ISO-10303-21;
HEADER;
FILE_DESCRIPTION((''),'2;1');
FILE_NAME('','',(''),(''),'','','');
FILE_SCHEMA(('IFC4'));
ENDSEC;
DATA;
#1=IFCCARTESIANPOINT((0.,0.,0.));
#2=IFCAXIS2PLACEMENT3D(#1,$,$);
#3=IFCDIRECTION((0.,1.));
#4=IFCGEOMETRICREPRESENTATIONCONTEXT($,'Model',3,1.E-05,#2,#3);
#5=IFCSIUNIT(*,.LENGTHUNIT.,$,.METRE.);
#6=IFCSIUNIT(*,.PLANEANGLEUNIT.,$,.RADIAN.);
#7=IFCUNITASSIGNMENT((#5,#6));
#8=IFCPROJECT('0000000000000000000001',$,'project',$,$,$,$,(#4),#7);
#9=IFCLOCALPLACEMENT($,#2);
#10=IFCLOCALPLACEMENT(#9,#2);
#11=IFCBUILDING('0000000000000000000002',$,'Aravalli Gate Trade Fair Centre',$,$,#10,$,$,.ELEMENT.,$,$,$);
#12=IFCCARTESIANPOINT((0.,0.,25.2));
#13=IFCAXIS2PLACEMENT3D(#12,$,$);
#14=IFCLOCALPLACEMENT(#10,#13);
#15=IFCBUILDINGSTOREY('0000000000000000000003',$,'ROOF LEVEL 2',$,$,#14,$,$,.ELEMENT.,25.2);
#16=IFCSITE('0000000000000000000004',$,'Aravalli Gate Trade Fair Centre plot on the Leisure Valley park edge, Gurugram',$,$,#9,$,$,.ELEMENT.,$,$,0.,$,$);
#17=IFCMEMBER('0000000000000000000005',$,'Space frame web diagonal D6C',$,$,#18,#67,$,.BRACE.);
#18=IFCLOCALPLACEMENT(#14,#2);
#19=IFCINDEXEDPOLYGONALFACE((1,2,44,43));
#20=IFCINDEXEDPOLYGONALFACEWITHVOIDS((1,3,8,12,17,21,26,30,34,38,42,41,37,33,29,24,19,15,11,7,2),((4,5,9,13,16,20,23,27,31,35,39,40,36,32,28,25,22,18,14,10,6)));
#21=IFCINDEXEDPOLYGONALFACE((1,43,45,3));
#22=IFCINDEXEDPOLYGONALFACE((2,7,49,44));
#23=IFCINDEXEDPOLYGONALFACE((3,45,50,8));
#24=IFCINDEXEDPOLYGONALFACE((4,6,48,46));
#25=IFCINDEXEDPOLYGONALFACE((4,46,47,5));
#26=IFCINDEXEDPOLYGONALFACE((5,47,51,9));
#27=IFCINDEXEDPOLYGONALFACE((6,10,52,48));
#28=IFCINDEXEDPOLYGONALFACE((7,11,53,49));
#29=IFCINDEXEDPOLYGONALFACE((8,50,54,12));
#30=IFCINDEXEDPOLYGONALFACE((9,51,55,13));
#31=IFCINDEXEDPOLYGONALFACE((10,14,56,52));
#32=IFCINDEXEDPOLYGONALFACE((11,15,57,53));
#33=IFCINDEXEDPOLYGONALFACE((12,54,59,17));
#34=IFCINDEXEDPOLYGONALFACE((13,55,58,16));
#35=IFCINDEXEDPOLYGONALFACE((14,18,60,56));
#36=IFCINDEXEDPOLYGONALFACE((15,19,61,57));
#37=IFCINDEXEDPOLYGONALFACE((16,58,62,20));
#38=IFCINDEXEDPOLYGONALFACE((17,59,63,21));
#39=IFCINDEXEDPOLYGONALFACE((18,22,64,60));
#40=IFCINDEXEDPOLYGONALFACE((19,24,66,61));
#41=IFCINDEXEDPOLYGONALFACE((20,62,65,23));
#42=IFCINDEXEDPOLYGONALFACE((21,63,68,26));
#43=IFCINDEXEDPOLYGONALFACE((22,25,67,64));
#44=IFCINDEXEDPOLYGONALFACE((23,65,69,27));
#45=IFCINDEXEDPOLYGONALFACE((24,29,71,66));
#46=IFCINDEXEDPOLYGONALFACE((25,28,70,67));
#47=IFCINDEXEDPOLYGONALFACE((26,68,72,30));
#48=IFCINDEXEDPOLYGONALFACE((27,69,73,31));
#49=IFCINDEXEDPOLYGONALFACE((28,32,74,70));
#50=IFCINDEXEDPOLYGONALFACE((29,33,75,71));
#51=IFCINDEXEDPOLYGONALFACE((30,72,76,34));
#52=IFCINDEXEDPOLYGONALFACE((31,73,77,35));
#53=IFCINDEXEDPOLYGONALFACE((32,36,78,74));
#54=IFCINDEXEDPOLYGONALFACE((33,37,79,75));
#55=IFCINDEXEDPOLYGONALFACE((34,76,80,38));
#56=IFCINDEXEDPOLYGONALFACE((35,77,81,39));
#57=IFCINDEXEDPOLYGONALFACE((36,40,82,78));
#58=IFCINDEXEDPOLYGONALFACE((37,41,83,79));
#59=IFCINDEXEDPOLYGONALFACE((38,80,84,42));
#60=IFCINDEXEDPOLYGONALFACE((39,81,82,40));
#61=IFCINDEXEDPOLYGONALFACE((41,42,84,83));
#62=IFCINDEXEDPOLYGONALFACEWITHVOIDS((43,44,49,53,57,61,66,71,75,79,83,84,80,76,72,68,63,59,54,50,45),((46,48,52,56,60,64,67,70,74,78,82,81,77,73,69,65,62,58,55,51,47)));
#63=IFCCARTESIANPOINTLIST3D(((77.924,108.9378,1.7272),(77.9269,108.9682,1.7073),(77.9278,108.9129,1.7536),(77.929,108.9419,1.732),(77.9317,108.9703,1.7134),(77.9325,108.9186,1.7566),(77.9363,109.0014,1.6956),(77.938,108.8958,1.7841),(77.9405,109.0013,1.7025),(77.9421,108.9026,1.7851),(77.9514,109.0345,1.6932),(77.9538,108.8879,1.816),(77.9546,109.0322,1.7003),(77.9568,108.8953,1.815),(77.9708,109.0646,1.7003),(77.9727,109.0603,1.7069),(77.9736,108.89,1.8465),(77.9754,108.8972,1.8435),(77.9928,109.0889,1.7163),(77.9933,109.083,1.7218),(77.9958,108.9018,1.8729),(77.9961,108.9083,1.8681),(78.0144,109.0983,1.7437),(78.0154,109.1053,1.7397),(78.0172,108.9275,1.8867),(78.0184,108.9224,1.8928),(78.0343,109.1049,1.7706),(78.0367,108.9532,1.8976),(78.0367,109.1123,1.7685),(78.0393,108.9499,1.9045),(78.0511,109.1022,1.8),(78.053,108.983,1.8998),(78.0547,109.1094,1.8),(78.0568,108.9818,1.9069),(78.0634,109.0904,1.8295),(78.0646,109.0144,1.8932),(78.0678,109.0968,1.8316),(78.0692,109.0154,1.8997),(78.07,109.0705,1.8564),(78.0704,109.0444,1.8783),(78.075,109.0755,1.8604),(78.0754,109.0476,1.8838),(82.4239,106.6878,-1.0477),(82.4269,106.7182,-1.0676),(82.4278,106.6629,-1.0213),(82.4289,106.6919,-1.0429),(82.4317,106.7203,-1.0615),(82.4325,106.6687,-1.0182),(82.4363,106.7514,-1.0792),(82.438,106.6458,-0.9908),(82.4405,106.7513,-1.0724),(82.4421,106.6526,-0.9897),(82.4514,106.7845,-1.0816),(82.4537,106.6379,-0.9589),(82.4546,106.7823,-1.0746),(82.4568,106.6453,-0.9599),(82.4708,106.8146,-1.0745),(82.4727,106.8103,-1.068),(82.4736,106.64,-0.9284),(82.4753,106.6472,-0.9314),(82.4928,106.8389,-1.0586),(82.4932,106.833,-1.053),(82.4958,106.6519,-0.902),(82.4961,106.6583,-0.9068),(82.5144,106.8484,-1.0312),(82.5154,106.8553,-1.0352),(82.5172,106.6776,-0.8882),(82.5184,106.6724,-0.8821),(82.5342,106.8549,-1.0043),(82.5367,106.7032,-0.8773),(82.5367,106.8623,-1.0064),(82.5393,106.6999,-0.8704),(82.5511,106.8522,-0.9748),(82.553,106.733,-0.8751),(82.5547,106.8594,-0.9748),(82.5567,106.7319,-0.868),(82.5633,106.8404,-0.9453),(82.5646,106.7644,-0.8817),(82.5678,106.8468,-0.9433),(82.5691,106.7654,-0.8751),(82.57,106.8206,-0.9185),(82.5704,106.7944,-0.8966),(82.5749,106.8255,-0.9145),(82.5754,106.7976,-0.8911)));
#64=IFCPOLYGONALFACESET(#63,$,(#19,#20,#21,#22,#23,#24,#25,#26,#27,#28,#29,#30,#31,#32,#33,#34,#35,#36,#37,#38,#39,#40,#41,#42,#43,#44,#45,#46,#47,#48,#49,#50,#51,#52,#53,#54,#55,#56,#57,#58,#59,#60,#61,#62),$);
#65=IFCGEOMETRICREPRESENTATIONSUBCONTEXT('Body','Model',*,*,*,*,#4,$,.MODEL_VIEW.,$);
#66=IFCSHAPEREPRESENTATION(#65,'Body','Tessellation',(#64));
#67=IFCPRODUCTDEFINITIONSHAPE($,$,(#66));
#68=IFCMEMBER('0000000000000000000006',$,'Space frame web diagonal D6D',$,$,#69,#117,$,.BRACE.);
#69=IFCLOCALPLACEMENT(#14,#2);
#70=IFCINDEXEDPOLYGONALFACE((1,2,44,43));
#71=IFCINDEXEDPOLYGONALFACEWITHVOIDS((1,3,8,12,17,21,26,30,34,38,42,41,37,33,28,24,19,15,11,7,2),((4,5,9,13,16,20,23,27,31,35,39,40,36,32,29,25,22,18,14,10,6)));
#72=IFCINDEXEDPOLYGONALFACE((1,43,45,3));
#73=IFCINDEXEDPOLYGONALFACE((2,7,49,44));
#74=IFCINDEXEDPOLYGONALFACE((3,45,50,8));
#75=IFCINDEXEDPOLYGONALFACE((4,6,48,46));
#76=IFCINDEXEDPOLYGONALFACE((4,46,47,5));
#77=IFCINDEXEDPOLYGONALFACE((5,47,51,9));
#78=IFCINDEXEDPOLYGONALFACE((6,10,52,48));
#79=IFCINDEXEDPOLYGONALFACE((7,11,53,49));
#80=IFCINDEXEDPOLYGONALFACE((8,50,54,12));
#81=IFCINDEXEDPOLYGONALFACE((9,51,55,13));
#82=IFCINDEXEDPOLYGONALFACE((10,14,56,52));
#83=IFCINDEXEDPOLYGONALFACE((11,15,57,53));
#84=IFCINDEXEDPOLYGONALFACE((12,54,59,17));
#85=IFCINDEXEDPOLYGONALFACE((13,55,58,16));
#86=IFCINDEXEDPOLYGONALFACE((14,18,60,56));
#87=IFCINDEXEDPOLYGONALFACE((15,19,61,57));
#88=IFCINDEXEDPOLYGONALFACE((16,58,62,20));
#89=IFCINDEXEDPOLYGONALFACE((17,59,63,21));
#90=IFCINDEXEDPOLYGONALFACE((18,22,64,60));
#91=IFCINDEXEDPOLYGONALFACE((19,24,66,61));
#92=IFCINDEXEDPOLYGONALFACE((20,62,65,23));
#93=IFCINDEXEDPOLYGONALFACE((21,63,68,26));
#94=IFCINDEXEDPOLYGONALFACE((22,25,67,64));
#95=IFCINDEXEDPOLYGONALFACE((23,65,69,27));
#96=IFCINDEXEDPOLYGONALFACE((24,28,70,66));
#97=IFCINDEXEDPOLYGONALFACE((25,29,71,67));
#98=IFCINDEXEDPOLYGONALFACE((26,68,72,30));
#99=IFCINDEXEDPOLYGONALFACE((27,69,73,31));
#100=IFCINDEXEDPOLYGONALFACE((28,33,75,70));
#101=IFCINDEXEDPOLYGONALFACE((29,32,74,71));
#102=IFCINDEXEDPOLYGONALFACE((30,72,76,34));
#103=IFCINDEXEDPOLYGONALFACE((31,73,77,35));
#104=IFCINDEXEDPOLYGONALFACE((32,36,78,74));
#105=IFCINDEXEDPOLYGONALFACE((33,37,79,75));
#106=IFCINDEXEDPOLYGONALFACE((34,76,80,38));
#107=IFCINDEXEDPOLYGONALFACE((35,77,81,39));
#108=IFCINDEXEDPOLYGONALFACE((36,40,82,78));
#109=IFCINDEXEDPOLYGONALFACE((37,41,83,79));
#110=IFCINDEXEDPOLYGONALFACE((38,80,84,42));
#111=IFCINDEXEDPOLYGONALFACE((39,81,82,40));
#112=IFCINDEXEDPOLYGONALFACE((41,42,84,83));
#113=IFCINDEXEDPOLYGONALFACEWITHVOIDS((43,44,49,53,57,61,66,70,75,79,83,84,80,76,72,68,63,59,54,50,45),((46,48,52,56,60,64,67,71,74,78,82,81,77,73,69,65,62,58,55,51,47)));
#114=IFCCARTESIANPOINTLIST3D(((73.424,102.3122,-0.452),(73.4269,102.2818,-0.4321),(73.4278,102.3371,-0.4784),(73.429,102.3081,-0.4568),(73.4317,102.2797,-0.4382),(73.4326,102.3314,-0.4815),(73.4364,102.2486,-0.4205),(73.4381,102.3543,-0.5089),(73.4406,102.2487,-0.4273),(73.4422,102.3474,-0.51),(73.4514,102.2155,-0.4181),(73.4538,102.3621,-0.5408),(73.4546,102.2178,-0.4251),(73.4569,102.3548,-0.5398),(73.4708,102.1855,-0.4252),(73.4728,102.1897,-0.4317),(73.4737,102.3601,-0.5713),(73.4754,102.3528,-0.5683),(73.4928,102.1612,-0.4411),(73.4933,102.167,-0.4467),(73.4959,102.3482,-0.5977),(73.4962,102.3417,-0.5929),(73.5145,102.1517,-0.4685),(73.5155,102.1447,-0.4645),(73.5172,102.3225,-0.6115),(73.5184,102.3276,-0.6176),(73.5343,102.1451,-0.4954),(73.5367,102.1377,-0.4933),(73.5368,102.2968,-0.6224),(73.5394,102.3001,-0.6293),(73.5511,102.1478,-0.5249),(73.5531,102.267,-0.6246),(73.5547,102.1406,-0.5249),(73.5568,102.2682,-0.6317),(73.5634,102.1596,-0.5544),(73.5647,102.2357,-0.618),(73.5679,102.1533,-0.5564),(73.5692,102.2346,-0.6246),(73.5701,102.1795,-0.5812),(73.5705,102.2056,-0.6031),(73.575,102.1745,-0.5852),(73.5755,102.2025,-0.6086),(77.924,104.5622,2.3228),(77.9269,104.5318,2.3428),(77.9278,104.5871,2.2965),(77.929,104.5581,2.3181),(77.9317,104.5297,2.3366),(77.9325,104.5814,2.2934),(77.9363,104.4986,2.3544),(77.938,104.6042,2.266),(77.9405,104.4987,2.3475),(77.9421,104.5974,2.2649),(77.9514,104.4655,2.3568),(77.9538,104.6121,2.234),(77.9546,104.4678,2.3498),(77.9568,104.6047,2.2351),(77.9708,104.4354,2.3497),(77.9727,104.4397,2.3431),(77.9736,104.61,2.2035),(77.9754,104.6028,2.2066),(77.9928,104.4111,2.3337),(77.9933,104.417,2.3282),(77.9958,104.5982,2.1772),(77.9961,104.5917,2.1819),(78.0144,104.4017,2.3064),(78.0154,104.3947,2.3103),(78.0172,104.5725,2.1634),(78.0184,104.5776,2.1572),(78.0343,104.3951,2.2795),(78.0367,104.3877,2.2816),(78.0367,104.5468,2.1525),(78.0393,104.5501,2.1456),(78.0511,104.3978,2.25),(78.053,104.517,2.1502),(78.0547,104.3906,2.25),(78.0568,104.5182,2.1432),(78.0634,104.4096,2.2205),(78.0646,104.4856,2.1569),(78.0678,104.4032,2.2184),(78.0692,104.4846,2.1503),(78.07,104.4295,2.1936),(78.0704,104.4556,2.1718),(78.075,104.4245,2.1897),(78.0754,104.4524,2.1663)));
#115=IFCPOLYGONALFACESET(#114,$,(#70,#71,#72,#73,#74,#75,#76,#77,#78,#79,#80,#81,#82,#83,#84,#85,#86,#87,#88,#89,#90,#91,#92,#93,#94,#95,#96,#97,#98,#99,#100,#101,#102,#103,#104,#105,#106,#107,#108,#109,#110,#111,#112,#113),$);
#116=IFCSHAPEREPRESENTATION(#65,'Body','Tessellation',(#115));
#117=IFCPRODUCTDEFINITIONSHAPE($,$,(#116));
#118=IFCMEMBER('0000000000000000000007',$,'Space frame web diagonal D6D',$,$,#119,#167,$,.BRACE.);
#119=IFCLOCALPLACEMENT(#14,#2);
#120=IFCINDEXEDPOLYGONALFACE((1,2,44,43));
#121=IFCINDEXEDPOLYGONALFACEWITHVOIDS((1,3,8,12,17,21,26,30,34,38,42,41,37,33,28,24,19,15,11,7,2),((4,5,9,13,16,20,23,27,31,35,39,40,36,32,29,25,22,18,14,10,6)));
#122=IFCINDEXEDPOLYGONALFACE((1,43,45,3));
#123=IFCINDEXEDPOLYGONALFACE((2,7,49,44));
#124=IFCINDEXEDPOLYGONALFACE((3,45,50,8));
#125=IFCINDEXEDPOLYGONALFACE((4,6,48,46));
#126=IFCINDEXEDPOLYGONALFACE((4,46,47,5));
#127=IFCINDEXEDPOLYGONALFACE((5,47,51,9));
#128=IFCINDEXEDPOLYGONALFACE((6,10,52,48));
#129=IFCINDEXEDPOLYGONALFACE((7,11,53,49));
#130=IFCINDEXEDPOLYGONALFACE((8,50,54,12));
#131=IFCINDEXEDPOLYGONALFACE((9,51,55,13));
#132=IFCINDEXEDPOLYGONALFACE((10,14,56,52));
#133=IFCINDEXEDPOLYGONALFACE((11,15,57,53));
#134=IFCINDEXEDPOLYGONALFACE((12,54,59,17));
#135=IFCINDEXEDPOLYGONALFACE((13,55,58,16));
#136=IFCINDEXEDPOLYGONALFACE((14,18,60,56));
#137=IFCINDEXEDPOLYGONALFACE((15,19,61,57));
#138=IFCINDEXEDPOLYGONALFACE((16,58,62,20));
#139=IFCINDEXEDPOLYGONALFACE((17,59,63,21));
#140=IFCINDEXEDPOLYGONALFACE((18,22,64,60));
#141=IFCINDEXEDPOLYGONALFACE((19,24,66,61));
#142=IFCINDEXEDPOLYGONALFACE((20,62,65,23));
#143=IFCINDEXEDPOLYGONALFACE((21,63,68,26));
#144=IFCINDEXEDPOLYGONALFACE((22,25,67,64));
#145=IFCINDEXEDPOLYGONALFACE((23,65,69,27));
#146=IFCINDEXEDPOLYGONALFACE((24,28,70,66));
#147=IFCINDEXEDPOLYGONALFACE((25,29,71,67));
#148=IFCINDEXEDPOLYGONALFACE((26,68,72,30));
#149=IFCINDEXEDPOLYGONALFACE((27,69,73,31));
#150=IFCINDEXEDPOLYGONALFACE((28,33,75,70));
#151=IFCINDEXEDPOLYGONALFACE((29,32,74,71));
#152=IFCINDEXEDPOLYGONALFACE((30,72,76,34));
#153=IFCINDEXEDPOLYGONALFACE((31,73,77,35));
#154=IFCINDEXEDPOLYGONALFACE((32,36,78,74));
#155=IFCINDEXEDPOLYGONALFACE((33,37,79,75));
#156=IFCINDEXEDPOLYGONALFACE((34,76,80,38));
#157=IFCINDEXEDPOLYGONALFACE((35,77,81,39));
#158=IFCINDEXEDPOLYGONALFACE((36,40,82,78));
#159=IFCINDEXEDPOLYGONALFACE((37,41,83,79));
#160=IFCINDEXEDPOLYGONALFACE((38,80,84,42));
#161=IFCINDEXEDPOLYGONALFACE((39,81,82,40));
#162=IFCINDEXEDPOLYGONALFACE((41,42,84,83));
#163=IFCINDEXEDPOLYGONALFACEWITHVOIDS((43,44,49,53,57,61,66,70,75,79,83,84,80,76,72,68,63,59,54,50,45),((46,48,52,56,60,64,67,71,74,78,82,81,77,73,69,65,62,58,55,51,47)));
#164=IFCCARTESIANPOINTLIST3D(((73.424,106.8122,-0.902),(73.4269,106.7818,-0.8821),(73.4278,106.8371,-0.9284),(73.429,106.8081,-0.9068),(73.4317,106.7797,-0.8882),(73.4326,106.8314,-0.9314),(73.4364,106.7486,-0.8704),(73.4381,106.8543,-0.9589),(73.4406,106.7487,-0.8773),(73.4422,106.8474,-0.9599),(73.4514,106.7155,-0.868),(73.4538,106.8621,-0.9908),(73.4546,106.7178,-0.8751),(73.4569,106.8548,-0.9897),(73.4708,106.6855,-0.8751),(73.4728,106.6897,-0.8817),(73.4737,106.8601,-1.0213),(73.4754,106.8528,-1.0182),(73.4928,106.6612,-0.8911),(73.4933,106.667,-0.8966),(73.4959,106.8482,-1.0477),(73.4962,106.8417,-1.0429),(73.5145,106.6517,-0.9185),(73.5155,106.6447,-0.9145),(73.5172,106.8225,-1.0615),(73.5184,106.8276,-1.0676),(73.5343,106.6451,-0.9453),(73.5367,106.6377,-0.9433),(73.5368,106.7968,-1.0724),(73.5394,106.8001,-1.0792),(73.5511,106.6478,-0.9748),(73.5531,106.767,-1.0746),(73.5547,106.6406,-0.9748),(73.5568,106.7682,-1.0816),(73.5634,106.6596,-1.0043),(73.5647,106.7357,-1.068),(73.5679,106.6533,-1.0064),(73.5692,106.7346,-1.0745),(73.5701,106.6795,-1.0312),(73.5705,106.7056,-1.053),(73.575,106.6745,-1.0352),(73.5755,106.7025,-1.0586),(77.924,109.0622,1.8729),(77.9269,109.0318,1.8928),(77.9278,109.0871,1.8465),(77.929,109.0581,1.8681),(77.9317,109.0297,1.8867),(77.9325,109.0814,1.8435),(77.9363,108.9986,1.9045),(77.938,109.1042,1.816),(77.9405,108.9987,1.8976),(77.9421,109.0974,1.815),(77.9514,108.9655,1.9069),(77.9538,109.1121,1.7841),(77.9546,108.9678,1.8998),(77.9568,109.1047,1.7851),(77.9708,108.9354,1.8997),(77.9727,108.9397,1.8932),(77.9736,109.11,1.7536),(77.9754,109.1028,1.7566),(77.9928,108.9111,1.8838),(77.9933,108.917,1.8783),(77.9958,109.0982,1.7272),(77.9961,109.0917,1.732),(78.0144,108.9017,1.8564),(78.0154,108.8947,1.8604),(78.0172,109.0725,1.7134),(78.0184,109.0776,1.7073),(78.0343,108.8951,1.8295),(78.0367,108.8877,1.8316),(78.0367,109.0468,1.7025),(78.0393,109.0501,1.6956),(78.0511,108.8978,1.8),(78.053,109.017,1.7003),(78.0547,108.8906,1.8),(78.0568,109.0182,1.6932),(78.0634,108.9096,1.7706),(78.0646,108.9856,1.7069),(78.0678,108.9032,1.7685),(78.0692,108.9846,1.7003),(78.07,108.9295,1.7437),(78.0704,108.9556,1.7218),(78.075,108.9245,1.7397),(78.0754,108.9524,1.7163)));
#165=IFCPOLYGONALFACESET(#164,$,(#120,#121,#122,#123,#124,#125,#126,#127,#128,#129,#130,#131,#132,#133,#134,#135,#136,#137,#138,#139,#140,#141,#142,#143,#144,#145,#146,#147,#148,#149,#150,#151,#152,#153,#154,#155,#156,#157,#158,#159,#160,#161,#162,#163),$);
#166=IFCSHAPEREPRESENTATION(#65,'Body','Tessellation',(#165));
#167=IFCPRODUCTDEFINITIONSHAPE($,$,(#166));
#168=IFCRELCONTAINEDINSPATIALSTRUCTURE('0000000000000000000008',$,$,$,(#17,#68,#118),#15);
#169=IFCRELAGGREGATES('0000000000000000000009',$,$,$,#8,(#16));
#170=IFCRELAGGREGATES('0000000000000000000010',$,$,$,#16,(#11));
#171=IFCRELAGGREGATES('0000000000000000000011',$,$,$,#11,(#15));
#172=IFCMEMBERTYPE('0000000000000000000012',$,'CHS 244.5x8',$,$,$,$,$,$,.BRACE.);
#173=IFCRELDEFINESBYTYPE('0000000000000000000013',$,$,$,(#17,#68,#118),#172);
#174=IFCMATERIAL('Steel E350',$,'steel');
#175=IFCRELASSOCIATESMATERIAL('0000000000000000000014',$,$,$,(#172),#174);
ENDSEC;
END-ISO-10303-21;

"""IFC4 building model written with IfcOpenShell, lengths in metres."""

from ifc_helpers import new_model, si_unit, direction, frame, origin, origin_2d, place, context, subcontext, project, spatial, hollow_circle, extrude, material, material_profile, profile_set, type_object, element, save


model = new_model("IFC4")

# Units and contexts
model_context = context("Model", 3, precision=1e-05, world=origin(), true_north=direction((0.0, 1.0)))
body_context = subcontext(model_context, "Body", "Model", "MODEL_VIEW")
ifc_project = project(units=[si_unit("LENGTHUNIT", "METRE"), si_unit("PLANEANGLEUNIT", "RADIAN")], contexts=[model_context])

# Site, building, storey
site_placement = place(None, origin())
site = spatial("IfcSite", under=ifc_project, at=site_placement, Name="Aravalli Gate Trade Fair Centre plot on the Leisure Valley park edge, Gurugram", CompositionType="ELEMENT", RefElevation=0.0)
building_placement = place(site_placement, origin())
building = spatial("IfcBuilding", under=site, at=building_placement, Name="Aravalli Gate Trade Fair Centre", CompositionType="ELEMENT")
storey_placement = place(building_placement, frame((0.0, 0.0, 25.2)))
storey = spatial("IfcBuildingStorey", under=building, at=storey_placement, Name="ROOF LEVEL 2", CompositionType="ELEMENT", Elevation=25.2)

# Members
ifc_material_1 = material(Name="Steel E350", Category="steel")
ifc_material_profile_1 = material_profile(ifc_material_1, hollow_circle(Radius=0.1223, WallThickness=0.0081, at=origin_2d()), Name="CHS 244.5x8")
ifc_profile_set_1 = profile_set([ifc_material_profile_1], Name="Steel E350")
member_type_1 = type_object("IfcMemberType", Name="CHS 244.5x8", PredefinedType="BRACE", material=ifc_profile_set_1)
for number, where, z_axis, x_axis, name in (
    (1, (78.0, 109.0, 1.8), (0.7832, -0.3916, -0.482956), (0.447214, 0.894427, 0.0), "Space frame web diagonal D6C"),
    (2, (78.0, 104.5, 2.25), (-0.7832, -0.3916, -0.482956), (0.447214, -0.894427, 0.0), "Space frame web diagonal D6D"),
    (3, (78.0, 109.0, 1.8), (-0.7832, -0.3916, -0.482956), (0.447214, -0.894427, 0.0), "Space frame web diagonal D6D"),
):
    element("IfcMember", number, at=place(storey_placement, frame(where, z_axis=z_axis, x_axis=x_axis)), inside=storey, type_object=member_type_1, Name=name, PredefinedType="BRACE", context=body_context, shape_type="SweptSolid", body=[
        extrude(hollow_circle(Radius=0.1223, WallThickness=0.0081, at=origin_2d()), origin(), (0.0, 0.0, 1.0), 5.7456),
    ])

save(model, "model.ifc")
